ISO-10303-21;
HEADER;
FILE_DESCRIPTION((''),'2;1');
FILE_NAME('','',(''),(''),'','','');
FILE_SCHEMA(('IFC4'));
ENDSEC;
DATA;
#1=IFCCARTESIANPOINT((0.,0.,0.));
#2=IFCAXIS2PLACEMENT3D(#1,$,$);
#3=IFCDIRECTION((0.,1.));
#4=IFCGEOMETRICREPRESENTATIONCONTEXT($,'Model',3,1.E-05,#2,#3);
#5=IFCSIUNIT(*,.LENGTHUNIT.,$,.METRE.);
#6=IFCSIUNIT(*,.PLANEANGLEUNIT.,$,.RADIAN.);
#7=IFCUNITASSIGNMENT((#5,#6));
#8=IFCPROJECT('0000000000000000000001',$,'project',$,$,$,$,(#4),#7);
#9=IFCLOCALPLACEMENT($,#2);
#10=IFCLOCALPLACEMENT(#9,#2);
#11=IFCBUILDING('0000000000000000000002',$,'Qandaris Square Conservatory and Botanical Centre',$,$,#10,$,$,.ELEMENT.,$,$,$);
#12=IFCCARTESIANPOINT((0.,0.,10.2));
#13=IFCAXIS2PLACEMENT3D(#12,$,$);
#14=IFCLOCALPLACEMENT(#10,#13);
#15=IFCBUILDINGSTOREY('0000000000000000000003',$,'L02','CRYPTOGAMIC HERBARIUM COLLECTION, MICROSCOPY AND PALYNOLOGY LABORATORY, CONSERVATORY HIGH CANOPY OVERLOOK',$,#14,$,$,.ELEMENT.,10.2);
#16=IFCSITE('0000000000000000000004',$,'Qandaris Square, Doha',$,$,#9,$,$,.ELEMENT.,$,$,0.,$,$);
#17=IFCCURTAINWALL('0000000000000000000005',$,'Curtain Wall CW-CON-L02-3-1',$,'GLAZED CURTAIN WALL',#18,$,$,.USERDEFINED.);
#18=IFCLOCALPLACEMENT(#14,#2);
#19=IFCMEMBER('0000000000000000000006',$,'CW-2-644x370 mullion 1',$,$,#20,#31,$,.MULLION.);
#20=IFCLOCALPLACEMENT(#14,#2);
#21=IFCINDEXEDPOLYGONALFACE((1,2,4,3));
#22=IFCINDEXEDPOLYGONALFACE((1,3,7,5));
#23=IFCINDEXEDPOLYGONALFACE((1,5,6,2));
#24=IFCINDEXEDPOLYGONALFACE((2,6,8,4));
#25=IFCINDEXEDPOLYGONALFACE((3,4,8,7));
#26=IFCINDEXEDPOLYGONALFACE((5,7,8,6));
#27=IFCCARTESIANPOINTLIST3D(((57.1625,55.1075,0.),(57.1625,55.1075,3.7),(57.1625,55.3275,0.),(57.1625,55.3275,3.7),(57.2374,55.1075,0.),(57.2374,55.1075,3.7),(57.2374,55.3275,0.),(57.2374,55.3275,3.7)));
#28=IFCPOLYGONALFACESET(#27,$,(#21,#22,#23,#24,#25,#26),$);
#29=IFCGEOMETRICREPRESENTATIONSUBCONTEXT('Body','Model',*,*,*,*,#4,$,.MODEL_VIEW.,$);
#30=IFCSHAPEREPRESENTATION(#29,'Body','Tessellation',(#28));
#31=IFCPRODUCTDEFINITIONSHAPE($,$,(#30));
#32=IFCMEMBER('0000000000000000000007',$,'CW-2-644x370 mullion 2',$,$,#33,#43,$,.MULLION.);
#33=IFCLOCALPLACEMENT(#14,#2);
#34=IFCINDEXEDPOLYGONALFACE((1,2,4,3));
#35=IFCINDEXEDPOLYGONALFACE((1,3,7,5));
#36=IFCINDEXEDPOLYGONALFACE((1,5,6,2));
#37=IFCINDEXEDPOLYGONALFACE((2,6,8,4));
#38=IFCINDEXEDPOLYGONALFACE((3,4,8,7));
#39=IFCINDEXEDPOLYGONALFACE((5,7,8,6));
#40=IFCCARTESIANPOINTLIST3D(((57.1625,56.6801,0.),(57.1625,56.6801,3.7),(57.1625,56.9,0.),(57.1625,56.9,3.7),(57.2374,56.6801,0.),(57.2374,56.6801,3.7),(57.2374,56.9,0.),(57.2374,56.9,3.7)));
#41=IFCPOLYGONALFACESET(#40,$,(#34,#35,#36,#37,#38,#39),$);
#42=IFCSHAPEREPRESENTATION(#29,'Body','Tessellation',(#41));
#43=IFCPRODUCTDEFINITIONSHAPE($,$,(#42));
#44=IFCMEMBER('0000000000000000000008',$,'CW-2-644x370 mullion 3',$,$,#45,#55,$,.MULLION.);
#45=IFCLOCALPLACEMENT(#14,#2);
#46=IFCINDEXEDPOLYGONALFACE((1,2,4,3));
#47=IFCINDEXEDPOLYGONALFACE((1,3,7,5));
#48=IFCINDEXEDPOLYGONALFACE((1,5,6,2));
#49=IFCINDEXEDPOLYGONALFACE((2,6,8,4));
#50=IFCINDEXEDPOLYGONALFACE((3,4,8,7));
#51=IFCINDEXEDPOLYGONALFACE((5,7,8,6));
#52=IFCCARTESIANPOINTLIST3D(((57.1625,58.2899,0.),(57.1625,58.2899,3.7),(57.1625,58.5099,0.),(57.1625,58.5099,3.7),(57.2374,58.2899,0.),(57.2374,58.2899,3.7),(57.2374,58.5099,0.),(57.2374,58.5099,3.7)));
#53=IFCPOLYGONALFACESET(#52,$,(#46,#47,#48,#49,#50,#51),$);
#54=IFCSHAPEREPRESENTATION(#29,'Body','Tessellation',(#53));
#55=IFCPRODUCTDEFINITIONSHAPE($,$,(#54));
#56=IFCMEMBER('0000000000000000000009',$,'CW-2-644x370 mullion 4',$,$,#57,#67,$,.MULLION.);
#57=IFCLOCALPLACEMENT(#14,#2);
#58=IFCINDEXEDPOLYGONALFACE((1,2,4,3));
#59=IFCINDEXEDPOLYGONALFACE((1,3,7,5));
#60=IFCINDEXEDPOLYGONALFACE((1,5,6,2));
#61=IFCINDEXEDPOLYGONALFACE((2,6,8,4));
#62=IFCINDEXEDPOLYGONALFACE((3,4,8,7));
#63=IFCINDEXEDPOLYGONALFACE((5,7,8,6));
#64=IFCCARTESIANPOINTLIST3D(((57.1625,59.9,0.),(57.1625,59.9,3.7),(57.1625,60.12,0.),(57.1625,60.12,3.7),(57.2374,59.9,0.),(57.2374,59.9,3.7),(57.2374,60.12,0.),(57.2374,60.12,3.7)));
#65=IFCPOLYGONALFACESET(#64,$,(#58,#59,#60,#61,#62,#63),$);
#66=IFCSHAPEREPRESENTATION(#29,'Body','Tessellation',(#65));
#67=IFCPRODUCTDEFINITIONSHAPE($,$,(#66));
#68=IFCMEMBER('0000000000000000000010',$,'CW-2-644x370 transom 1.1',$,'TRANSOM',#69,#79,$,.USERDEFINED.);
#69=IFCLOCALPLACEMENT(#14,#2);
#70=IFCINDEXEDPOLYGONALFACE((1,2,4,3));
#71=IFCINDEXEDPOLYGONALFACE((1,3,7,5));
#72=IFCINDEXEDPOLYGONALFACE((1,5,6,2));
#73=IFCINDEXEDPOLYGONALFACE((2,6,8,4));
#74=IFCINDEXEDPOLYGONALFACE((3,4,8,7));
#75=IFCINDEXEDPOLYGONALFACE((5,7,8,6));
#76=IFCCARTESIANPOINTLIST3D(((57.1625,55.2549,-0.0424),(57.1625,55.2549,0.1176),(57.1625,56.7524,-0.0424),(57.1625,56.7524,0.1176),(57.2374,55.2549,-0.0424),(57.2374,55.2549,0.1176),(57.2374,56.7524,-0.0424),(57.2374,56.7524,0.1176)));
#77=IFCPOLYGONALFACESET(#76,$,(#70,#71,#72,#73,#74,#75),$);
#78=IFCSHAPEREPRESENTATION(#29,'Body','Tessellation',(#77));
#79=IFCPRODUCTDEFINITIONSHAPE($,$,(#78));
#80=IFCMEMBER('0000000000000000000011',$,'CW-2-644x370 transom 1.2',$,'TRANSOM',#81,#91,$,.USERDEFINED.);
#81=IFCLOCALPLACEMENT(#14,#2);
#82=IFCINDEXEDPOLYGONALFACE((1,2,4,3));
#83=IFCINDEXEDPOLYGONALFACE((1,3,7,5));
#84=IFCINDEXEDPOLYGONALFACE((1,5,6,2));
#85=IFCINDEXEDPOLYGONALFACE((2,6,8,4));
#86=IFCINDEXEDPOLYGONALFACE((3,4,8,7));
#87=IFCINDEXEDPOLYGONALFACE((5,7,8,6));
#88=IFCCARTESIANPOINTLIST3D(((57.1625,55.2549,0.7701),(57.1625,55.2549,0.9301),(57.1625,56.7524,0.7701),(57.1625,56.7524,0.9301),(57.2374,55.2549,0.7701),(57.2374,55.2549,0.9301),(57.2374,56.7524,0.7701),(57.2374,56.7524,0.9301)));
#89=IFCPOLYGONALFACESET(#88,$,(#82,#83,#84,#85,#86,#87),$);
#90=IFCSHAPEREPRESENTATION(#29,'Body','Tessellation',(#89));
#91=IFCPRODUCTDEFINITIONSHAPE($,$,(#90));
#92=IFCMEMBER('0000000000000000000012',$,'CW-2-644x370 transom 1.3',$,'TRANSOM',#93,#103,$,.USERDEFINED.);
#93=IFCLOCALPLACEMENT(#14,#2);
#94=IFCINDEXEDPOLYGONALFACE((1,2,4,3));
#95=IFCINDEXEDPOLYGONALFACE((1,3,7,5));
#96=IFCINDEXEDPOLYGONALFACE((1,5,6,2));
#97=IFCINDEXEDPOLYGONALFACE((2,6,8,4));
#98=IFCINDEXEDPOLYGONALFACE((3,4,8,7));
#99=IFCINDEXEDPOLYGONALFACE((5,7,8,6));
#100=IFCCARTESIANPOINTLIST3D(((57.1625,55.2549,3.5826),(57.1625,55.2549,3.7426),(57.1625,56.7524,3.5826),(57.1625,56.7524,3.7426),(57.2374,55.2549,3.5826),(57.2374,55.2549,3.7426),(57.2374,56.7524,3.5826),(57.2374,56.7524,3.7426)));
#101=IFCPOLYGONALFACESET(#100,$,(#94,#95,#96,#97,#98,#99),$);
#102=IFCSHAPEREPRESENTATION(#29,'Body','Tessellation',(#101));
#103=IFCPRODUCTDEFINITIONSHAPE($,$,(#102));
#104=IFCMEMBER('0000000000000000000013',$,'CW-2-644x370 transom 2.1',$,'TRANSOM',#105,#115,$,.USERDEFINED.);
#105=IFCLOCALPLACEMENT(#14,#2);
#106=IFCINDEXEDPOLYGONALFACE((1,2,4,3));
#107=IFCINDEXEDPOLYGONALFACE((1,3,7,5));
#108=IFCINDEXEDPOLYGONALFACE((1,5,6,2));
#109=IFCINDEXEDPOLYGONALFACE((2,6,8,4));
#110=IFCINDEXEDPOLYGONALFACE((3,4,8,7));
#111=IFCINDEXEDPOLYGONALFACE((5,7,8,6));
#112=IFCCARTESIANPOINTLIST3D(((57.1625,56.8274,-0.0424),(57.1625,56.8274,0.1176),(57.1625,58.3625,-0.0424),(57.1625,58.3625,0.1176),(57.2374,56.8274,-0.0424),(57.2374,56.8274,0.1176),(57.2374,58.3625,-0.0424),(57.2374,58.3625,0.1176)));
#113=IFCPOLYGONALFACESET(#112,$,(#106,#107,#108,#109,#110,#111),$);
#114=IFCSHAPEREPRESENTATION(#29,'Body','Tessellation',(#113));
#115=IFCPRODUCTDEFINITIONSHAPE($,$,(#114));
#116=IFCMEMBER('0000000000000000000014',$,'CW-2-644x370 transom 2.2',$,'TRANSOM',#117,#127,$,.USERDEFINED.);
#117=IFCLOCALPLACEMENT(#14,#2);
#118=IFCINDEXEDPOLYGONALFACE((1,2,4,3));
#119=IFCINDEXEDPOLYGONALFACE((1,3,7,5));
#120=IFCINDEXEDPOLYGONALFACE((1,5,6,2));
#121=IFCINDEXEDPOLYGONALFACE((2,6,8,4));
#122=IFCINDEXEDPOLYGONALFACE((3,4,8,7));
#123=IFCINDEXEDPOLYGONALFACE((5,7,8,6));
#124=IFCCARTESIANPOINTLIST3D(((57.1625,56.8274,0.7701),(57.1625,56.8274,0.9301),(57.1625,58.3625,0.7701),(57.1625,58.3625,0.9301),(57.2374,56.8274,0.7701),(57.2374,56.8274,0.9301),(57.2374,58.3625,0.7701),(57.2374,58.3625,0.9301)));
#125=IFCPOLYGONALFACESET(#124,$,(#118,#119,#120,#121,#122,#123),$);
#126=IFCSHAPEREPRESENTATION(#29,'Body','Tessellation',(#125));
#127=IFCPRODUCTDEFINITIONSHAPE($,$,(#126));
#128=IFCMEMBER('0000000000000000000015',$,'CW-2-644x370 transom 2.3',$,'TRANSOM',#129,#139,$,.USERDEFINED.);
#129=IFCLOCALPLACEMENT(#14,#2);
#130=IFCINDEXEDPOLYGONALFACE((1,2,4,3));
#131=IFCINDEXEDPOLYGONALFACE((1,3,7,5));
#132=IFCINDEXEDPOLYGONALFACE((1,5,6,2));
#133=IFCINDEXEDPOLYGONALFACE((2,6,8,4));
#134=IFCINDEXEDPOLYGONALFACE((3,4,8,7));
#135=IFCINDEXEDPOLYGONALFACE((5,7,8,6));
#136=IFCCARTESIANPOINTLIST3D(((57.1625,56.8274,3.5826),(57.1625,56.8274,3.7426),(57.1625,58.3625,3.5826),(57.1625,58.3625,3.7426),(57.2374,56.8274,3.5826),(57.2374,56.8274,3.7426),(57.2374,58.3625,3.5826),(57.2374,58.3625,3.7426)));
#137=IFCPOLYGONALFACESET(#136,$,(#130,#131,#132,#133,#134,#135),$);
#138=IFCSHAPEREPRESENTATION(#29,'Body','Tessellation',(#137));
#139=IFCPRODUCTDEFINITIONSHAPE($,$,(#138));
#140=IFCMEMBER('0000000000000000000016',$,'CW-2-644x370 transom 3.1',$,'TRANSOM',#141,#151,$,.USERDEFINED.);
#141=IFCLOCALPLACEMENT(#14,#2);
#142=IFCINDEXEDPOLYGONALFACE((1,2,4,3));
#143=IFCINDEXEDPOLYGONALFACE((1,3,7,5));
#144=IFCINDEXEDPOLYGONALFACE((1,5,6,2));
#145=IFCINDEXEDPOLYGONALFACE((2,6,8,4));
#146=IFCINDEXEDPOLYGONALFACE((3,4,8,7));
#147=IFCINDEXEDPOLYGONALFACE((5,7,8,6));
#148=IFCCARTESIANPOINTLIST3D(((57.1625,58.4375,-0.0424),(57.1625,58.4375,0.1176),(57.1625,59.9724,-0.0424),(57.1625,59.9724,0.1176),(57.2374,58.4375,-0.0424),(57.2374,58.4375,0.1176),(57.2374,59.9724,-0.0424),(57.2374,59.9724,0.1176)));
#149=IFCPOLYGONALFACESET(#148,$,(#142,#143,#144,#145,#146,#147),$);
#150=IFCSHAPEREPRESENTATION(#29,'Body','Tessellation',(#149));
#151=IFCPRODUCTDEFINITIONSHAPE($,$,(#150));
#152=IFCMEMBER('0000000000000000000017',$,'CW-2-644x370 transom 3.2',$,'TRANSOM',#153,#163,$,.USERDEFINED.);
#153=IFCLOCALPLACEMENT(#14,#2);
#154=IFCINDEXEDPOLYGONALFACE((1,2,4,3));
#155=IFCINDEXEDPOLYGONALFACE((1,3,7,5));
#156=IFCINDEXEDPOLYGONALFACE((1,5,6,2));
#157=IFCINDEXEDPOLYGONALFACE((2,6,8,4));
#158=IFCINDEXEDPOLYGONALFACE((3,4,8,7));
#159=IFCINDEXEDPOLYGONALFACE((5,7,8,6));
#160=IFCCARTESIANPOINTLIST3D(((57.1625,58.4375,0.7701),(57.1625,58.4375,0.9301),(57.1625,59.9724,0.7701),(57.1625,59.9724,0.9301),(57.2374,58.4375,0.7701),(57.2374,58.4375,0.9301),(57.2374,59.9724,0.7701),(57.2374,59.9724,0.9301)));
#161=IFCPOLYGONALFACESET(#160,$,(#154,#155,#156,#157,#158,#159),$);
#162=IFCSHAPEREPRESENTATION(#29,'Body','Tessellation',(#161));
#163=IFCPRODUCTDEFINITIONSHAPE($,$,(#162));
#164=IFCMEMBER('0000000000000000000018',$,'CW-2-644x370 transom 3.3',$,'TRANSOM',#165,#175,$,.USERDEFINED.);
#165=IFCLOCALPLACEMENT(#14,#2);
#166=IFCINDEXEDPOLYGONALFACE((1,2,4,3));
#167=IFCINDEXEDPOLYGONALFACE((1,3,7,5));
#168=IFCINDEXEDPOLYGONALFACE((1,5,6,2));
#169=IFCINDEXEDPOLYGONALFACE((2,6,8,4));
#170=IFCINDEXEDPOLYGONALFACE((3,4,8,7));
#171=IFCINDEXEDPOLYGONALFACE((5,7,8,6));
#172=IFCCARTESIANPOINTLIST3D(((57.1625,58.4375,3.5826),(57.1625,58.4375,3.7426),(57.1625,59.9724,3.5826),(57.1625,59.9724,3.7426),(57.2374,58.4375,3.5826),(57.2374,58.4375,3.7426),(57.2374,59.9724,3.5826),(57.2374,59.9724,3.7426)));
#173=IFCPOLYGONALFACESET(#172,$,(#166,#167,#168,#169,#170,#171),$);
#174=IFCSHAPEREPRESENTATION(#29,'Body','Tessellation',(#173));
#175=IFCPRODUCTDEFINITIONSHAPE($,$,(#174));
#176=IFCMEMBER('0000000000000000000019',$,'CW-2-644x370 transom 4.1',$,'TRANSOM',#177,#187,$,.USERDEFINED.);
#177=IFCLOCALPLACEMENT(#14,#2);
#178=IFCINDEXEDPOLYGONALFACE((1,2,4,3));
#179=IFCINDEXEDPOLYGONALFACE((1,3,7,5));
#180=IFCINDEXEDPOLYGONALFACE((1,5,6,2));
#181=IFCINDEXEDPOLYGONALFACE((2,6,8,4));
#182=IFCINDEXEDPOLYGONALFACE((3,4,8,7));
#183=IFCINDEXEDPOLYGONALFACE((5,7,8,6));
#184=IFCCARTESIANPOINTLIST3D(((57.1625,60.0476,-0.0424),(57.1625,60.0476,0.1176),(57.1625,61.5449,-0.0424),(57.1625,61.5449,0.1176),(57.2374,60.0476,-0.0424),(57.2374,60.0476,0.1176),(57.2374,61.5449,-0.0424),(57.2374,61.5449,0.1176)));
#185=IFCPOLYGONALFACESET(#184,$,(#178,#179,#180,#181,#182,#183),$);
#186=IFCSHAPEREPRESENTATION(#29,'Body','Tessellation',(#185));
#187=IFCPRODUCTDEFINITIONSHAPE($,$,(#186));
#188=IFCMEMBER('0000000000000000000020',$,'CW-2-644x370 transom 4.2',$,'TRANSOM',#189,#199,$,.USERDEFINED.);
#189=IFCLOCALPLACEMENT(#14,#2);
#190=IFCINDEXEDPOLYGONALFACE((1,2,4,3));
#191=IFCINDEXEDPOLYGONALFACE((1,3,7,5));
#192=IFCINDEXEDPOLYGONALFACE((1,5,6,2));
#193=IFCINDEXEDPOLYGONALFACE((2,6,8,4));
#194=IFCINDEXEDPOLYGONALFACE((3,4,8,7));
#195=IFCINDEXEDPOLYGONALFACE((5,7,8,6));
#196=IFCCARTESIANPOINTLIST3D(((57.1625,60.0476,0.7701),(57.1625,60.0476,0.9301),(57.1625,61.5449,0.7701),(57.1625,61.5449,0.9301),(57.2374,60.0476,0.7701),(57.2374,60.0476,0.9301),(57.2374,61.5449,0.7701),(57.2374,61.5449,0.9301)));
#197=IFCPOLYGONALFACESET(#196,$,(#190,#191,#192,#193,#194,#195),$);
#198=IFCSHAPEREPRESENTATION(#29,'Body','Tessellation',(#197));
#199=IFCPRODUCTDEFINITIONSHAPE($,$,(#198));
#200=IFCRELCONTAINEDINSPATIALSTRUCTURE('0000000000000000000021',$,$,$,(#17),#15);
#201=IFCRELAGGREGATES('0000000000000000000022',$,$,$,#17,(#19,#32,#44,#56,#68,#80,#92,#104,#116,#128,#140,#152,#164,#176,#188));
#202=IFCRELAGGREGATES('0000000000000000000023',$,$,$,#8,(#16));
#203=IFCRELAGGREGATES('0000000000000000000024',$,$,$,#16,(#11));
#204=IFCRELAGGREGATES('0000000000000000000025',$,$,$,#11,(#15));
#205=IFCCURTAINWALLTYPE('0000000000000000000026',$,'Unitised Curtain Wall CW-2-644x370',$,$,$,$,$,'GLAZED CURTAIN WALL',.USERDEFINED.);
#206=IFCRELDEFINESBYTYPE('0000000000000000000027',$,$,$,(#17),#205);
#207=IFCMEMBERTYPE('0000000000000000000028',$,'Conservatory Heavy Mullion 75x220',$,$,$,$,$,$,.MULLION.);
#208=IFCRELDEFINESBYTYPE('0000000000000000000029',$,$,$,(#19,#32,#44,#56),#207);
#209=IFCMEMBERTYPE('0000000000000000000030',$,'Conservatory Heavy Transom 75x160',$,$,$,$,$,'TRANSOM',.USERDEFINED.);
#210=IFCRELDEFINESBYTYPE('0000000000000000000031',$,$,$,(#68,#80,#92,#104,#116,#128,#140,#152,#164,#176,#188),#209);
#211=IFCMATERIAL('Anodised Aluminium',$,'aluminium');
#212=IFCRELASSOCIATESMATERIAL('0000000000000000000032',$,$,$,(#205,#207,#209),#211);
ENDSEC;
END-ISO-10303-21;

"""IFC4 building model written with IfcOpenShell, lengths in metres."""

from ifc_helpers import new_model, si_unit, direction, frame, origin, origin_2d, place, context, subcontext, project, spatial, rectangle, extrude, material, material_profile, profile_set, type_object, element, aggregate, save


model = new_model("IFC4")

# Units and contexts
model_context = context("Model", 3, precision=1e-05, world=origin(), true_north=direction((0.0, 1.0)))
body_context = subcontext(model_context, "Body", "Model", "MODEL_VIEW")
ifc_project = project(units=[si_unit("LENGTHUNIT", "METRE"), si_unit("PLANEANGLEUNIT", "RADIAN")], contexts=[model_context])

# Site, building, storey
site_placement = place(None, origin())
site = spatial("IfcSite", under=ifc_project, at=site_placement, Name="Qandaris Square, Doha", CompositionType="ELEMENT", RefElevation=0.0)
building_placement = place(site_placement, origin())
building = spatial("IfcBuilding", under=site, at=building_placement, Name="Qandaris Square Conservatory and Botanical Centre", CompositionType="ELEMENT")
storey_placement = place(building_placement, frame((0.0, 0.0, 10.2)))
storey = spatial("IfcBuildingStorey", under=building, at=storey_placement, Name="L02", Description="CRYPTOGAMIC HERBARIUM COLLECTION, MICROSCOPY AND PALYNOLOGY LABORATORY, CONSERVATORY HIGH CANOPY OVERLOOK", CompositionType="ELEMENT", Elevation=10.2)

# Curtain wall, members
ifc_material_1 = material(Name="Anodised Aluminium", Category="aluminium")
curtain_wall_type = type_object("IfcCurtainWallType", Name="Unitised Curtain Wall CW-2-644x370", ElementType="GLAZED CURTAIN WALL", PredefinedType="USERDEFINED", material=ifc_material_1)
curtain_wall_placement = place(storey_placement, origin())
curtain_wall = element("IfcCurtainWall", 1, at=curtain_wall_placement, inside=storey, type_object=curtain_wall_type, Name="Curtain Wall CW-CON-L02-3-1", ObjectType="GLAZED CURTAIN WALL", PredefinedType="USERDEFINED")
ifc_material_profile_1 = material_profile(ifc_material_1, rectangle(XDim=0.075, YDim=0.22, at=origin_2d()), Name="ALU-MUL 75x220")
ifc_profile_set_1 = profile_set([ifc_material_profile_1], Name="Anodised Aluminium")
member_type_1 = type_object("IfcMemberType", Name="Conservatory Heavy Mullion 75x220", PredefinedType="MULLION", material=ifc_profile_set_1)
member_1_placement = place(storey_placement, frame((57.2, 55.2175, 0.0), z_axis=(0.0, 0.0, 1.0), x_axis=(-1.0, 0.0, 0.0)))
member_1 = element("IfcMember", 2, at=member_1_placement, type_object=member_type_1, Name="CW-2-644x370 mullion 1", PredefinedType="MULLION", context=body_context, shape_type="SweptSolid", body=[
    extrude(rectangle(XDim=0.075, YDim=0.22, at=origin_2d()), origin(), (0.0, 0.0, 1.0), 3.7),
])
member_2_placement = place(storey_placement, frame((57.2, 56.79, 0.0), z_axis=(0.0, 0.0, 1.0), x_axis=(-1.0, 0.0, 0.0)))
member_2 = element("IfcMember", 3, at=member_2_placement, type_object=member_type_1, Name="CW-2-644x370 mullion 2", PredefinedType="MULLION", context=body_context, shape_type="SweptSolid", body=[
    extrude(rectangle(XDim=0.075, YDim=0.22, at=origin_2d()), origin(), (0.0, 0.0, 1.0), 3.7),
])
member_3_placement = place(storey_placement, frame((57.2, 58.3999, 0.0), z_axis=(0.0, 0.0, 1.0), x_axis=(-1.0, 0.0, 0.0)))
member_3 = element("IfcMember", 4, at=member_3_placement, type_object=member_type_1, Name="CW-2-644x370 mullion 3", PredefinedType="MULLION", context=body_context, shape_type="SweptSolid", body=[
    extrude(rectangle(XDim=0.075, YDim=0.22, at=origin_2d()), origin(), (0.0, 0.0, 1.0), 3.7),
])
member_4_placement = place(storey_placement, frame((57.2, 60.01, 0.0), z_axis=(0.0, 0.0, 1.0), x_axis=(-1.0, 0.0, 0.0)))
member_4 = element("IfcMember", 5, at=member_4_placement, type_object=member_type_1, Name="CW-2-644x370 mullion 4", PredefinedType="MULLION", context=body_context, shape_type="SweptSolid", body=[
    extrude(rectangle(XDim=0.075, YDim=0.22, at=origin_2d()), origin(), (0.0, 0.0, 1.0), 3.7),
])
ifc_material_profile_2 = material_profile(ifc_material_1, rectangle(XDim=0.075, YDim=0.1599, at=origin_2d()), Name="ALU-TRN 75x160")
ifc_profile_set_2 = profile_set([ifc_material_profile_2], Name="Anodised Aluminium")
member_type_2 = type_object("IfcMemberType", Name="Conservatory Heavy Transom 75x160", ElementType="TRANSOM", PredefinedType="USERDEFINED", material=ifc_profile_set_2)
member_5_placement = place(storey_placement, frame((57.2, 55.2549, 0.0376), z_axis=(0.0, 1.0, 0.0), x_axis=(-1.0, 0.0, 0.0)))
member_5 = element("IfcMember", 6, at=member_5_placement, type_object=member_type_2, Name="CW-2-644x370 transom 1.1", ObjectType="TRANSOM", PredefinedType="USERDEFINED", context=body_context, shape_type="SweptSolid", body=[
    extrude(rectangle(XDim=0.075, YDim=0.1599, at=origin_2d()), origin(), (0.0, 0.0, 1.0), 1.4976),
])
member_6_placement = place(storey_placement, frame((57.2, 55.2549, 0.8501), z_axis=(0.0, 1.0, 0.0), x_axis=(-1.0, 0.0, 0.0)))
member_6 = element("IfcMember", 7, at=member_6_placement, type_object=member_type_2, Name="CW-2-644x370 transom 1.2", ObjectType="TRANSOM", PredefinedType="USERDEFINED", context=body_context, shape_type="SweptSolid", body=[
    extrude(rectangle(XDim=0.075, YDim=0.1599, at=origin_2d()), origin(), (0.0, 0.0, 1.0), 1.4976),
])
member_7_placement = place(storey_placement, frame((57.2, 55.2549, 3.6626), z_axis=(0.0, 1.0, 0.0), x_axis=(-1.0, 0.0, 0.0)))
member_7 = element("IfcMember", 8, at=member_7_placement, type_object=member_type_2, Name="CW-2-644x370 transom 1.3", ObjectType="TRANSOM", PredefinedType="USERDEFINED", context=body_context, shape_type="SweptSolid", body=[
    extrude(rectangle(XDim=0.075, YDim=0.1599, at=origin_2d()), origin(), (0.0, 0.0, 1.0), 1.4976),
])
member_8_placement = place(storey_placement, frame((57.2, 56.8274, 0.0376), z_axis=(0.0, 1.0, 0.0), x_axis=(-1.0, 0.0, 0.0)))
member_8 = element("IfcMember", 9, at=member_8_placement, type_object=member_type_2, Name="CW-2-644x370 transom 2.1", ObjectType="TRANSOM", PredefinedType="USERDEFINED", context=body_context, shape_type="SweptSolid", body=[
    extrude(rectangle(XDim=0.075, YDim=0.1599, at=origin_2d()), origin(), (0.0, 0.0, 1.0), 1.5352),
])
member_9_placement = place(storey_placement, frame((57.2, 56.8274, 0.8501), z_axis=(0.0, 1.0, 0.0), x_axis=(-1.0, 0.0, 0.0)))
member_9 = element("IfcMember", 10, at=member_9_placement, type_object=member_type_2, Name="CW-2-644x370 transom 2.2", ObjectType="TRANSOM", PredefinedType="USERDEFINED", context=body_context, shape_type="SweptSolid", body=[
    extrude(rectangle(XDim=0.075, YDim=0.1599, at=origin_2d()), origin(), (0.0, 0.0, 1.0), 1.5352),
])
member_10_placement = place(storey_placement, frame((57.2, 56.8274, 3.6626), z_axis=(0.0, 1.0, 0.0), x_axis=(-1.0, 0.0, 0.0)))
member_10 = element("IfcMember", 11, at=member_10_placement, type_object=member_type_2, Name="CW-2-644x370 transom 2.3", ObjectType="TRANSOM", PredefinedType="USERDEFINED", context=body_context, shape_type="SweptSolid", body=[
    extrude(rectangle(XDim=0.075, YDim=0.1599, at=origin_2d()), origin(), (0.0, 0.0, 1.0), 1.5352),
])
member_11_placement = place(storey_placement, frame((57.2, 58.4375, 0.0376), z_axis=(0.0, 1.0, 0.0), x_axis=(-1.0, 0.0, 0.0)))
member_11 = element("IfcMember", 12, at=member_11_placement, type_object=member_type_2, Name="CW-2-644x370 transom 3.1", ObjectType="TRANSOM", PredefinedType="USERDEFINED", context=body_context, shape_type="SweptSolid", body=[
    extrude(rectangle(XDim=0.075, YDim=0.1599, at=origin_2d()), origin(), (0.0, 0.0, 1.0), 1.5349),
])
member_12_placement = place(storey_placement, frame((57.2, 58.4375, 0.8501), z_axis=(0.0, 1.0, 0.0), x_axis=(-1.0, 0.0, 0.0)))
member_12 = element("IfcMember", 13, at=member_12_placement, type_object=member_type_2, Name="CW-2-644x370 transom 3.2", ObjectType="TRANSOM", PredefinedType="USERDEFINED", context=body_context, shape_type="SweptSolid", body=[
    extrude(rectangle(XDim=0.075, YDim=0.1599, at=origin_2d()), origin(), (0.0, 0.0, 1.0), 1.5349),
])
member_13_placement = place(storey_placement, frame((57.2, 58.4375, 3.6626), z_axis=(0.0, 1.0, 0.0), x_axis=(-1.0, 0.0, 0.0)))
member_13 = element("IfcMember", 14, at=member_13_placement, type_object=member_type_2, Name="CW-2-644x370 transom 3.3", ObjectType="TRANSOM", PredefinedType="USERDEFINED", context=body_context, shape_type="SweptSolid", body=[
    extrude(rectangle(XDim=0.075, YDim=0.1599, at=origin_2d()), origin(), (0.0, 0.0, 1.0), 1.5349),
])
member_14_placement = place(storey_placement, frame((57.2, 60.0476, 0.0376), z_axis=(0.0, 1.0, 0.0), x_axis=(-1.0, 0.0, 0.0)))
member_14 = element("IfcMember", 15, at=member_14_placement, type_object=member_type_2, Name="CW-2-644x370 transom 4.1", ObjectType="TRANSOM", PredefinedType="USERDEFINED", context=body_context, shape_type="SweptSolid", body=[
    extrude(rectangle(XDim=0.075, YDim=0.1599, at=origin_2d()), origin(), (0.0, 0.0, 1.0), 1.4973),
])
member_15_placement = place(storey_placement, frame((57.2, 60.0476, 0.8501), z_axis=(0.0, 1.0, 0.0), x_axis=(-1.0, 0.0, 0.0)))
member_15 = element("IfcMember", 16, at=member_15_placement, type_object=member_type_2, Name="CW-2-644x370 transom 4.2", ObjectType="TRANSOM", PredefinedType="USERDEFINED", context=body_context, shape_type="SweptSolid", body=[
    extrude(rectangle(XDim=0.075, YDim=0.1599, at=origin_2d()), origin(), (0.0, 0.0, 1.0), 1.4973),
])
aggregate(curtain_wall, [member_1, member_2, member_3, member_4, member_5, member_6, member_7, member_8, member_9, member_10, member_11, member_12, member_13, member_14, member_15])

save(model, "model.ifc")
